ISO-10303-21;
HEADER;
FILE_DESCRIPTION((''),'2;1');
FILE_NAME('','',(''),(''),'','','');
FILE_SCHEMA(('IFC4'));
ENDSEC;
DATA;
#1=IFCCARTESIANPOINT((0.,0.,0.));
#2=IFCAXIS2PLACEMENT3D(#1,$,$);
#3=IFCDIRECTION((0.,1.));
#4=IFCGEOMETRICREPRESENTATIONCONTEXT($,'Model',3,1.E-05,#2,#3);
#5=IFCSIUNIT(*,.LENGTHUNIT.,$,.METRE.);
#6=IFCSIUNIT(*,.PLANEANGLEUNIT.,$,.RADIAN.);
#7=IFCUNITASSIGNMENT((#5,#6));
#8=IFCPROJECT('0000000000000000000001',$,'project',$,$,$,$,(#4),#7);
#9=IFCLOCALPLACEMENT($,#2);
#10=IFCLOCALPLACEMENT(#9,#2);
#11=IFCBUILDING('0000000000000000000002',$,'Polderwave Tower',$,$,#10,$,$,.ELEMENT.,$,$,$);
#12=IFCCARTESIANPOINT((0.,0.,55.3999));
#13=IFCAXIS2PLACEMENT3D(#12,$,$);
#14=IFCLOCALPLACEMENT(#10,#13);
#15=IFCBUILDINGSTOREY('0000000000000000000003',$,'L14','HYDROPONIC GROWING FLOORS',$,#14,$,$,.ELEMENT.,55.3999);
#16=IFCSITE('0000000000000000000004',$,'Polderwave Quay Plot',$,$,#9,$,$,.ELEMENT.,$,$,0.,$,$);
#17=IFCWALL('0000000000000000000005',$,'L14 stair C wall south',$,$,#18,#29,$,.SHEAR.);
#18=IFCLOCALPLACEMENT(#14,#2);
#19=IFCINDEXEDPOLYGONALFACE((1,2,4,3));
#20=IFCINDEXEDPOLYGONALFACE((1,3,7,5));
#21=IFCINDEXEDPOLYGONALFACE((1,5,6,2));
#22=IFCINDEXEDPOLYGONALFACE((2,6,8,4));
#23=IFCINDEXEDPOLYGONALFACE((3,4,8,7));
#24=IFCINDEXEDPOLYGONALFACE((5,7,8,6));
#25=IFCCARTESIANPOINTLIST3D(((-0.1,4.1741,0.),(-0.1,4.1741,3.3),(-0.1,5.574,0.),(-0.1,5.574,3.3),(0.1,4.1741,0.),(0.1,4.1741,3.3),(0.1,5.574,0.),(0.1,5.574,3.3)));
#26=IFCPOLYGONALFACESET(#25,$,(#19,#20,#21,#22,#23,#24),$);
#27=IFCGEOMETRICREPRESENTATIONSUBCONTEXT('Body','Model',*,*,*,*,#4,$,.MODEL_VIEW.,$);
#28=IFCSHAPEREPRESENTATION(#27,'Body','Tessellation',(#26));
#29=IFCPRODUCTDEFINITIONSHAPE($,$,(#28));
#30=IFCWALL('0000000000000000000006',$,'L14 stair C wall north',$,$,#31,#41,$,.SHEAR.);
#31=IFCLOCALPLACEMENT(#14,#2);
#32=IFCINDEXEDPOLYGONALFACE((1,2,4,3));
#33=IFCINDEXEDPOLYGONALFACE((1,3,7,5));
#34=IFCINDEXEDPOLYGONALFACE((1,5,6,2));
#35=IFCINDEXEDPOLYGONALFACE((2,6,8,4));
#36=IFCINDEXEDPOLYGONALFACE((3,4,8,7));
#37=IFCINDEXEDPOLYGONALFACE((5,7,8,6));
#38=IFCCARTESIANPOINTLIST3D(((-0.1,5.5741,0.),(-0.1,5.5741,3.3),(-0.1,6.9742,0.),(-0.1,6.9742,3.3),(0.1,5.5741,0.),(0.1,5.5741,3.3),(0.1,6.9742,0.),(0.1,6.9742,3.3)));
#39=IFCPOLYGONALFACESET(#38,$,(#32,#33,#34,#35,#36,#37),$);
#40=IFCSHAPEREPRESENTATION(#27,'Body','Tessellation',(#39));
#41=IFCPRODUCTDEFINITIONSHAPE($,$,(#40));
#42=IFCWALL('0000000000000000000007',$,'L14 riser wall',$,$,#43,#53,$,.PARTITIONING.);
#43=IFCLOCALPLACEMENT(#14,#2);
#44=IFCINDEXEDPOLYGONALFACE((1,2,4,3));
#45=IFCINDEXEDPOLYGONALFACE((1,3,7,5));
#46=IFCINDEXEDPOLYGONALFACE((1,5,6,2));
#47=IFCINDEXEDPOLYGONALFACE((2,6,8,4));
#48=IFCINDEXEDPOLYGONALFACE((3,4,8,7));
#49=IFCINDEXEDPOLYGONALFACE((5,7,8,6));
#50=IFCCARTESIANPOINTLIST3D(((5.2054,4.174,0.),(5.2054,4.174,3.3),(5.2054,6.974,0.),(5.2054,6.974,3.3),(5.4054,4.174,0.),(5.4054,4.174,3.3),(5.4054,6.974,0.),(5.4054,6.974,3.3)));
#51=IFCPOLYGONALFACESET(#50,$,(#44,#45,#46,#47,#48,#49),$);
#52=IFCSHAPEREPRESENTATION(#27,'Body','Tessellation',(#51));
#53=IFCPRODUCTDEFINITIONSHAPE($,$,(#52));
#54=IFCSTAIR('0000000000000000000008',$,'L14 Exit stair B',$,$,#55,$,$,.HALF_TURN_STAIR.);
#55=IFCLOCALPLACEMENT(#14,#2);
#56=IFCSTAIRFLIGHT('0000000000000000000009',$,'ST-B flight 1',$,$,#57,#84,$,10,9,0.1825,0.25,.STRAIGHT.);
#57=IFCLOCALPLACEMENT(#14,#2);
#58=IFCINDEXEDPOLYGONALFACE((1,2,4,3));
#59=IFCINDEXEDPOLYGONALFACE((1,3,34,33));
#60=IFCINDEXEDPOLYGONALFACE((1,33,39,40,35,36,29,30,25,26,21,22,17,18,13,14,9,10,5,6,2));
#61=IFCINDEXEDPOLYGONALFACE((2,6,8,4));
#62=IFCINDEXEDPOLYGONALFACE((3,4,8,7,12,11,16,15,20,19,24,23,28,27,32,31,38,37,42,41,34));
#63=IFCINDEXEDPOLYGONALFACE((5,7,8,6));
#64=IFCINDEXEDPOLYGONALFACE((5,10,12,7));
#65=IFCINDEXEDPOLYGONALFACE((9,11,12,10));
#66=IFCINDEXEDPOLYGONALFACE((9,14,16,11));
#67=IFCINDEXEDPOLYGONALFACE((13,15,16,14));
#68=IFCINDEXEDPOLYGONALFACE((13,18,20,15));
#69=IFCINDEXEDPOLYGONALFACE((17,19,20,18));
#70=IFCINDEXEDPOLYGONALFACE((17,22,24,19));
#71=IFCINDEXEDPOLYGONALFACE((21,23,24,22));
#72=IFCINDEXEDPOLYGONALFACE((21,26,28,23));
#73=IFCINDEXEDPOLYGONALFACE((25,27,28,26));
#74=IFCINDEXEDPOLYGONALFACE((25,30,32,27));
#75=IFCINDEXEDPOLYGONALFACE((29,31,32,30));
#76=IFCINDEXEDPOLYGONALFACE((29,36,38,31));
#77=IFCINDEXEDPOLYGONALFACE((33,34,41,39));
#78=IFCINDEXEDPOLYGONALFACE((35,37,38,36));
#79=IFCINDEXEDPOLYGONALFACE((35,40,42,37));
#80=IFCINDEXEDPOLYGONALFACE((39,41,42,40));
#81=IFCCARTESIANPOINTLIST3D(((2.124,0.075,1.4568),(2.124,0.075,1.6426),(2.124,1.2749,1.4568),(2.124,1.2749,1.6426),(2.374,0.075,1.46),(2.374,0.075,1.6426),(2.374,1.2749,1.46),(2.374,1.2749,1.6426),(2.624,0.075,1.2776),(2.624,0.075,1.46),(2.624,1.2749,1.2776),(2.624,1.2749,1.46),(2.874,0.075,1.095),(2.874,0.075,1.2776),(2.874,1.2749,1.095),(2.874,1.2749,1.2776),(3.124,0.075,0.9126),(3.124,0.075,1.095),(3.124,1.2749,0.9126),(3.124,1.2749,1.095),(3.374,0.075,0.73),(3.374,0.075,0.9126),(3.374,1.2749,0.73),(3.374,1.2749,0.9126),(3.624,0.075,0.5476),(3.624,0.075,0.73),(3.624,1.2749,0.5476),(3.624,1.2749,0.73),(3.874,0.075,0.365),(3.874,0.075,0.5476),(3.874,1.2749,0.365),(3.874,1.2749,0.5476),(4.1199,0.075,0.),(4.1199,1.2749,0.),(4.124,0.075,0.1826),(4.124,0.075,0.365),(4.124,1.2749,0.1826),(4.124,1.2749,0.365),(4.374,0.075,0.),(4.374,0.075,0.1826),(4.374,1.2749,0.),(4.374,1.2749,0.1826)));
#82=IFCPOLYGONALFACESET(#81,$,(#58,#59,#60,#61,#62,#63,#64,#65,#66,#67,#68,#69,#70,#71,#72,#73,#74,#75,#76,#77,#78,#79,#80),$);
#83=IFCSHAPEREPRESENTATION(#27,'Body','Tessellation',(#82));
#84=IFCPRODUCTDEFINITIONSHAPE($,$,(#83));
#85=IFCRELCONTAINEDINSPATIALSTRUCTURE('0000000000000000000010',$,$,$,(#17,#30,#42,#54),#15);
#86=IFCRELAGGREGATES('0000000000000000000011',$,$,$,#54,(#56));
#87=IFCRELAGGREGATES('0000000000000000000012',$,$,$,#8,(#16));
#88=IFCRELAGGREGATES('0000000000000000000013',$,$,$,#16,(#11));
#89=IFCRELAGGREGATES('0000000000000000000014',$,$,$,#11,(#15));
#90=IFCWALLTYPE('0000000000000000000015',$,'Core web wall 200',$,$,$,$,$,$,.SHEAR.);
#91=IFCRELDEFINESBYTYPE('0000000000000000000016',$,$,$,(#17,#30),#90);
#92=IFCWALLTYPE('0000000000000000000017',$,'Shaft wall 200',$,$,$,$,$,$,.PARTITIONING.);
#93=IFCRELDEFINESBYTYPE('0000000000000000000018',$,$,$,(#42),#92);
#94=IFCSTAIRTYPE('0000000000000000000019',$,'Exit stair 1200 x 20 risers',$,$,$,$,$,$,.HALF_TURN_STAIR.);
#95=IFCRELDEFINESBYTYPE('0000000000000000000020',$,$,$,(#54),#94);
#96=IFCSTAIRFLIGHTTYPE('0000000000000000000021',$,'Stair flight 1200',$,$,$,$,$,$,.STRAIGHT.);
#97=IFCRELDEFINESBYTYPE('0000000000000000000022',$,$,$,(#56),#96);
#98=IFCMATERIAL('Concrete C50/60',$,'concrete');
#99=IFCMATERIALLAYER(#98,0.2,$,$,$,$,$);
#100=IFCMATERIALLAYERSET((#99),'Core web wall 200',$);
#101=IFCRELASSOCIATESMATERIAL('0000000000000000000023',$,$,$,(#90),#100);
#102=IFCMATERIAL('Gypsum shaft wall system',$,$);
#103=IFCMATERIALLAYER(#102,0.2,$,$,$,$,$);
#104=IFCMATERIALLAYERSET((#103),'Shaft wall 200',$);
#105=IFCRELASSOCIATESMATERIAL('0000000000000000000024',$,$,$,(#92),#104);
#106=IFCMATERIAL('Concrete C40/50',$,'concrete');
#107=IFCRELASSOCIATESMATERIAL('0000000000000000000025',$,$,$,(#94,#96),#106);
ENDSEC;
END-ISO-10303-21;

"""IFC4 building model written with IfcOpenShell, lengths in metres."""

from ifc_helpers import new_model, si_unit, direction, frame, frame_2d, origin, place, context, subcontext, project, spatial, polyline, rectangle, outline, extrude, material, layer, layer_set, type_object, element, aggregate, save


model = new_model("IFC4")

# Units and contexts
model_context = context("Model", 3, precision=1e-05, world=origin(), true_north=direction((0.0, 1.0)))
body_context = subcontext(model_context, "Body", "Model", "MODEL_VIEW")
ifc_project = project(units=[si_unit("LENGTHUNIT", "METRE"), si_unit("PLANEANGLEUNIT", "RADIAN")], contexts=[model_context])

# Site, building, storey
site_placement = place(None, origin())
site = spatial("IfcSite", under=ifc_project, at=site_placement, Name="Polderwave Quay Plot", CompositionType="ELEMENT", RefElevation=0.0)
building_placement = place(site_placement, origin())
building = spatial("IfcBuilding", under=site, at=building_placement, Name="Polderwave Tower", CompositionType="ELEMENT")
storey_placement = place(building_placement, frame((0.0, 0.0, 55.3999)))
storey = spatial("IfcBuildingStorey", under=building, at=storey_placement, Name="L14", Description="HYDROPONIC GROWING FLOORS", CompositionType="ELEMENT", Elevation=55.3999)

# Shared definitions
ifc_material_1 = material(Name="Concrete C50/60", Category="concrete")
ifc_layer_1 = layer(ifc_material_1, 0.2)
ifc_layer_set_1 = layer_set([ifc_layer_1], Name="Core web wall 200")
wall_type_1 = type_object("IfcWallType", Name="Core web wall 200", PredefinedType="SHEAR", material=ifc_layer_set_1)

# Walls
wall_1_placement = place(storey_placement, frame((0.0, 4.1741, 0.0), z_axis=(0.0, 0.0, 1.0), x_axis=(0.0, 1.0, 0.0)))
element("IfcWall", 1, at=wall_1_placement, inside=storey, type_object=wall_type_1, Name="L14 stair C wall south", PredefinedType="SHEAR", context=body_context, shape_type="SweptSolid", body=[
    extrude(rectangle(XDim=1.3999, YDim=0.2, at=frame_2d((0.7, 0.0))), origin(), (0.0, 0.0, 1.0), 3.3),
])
wall_2_placement = place(storey_placement, frame((0.0, 5.574, 0.0), z_axis=(0.0, 0.0, 1.0), x_axis=(0.0, 1.0, 0.0)))
element("IfcWall", 2, at=wall_2_placement, inside=storey, type_object=wall_type_1, Name="L14 stair C wall north", PredefinedType="SHEAR", context=body_context, shape_type="SweptSolid", body=[
    extrude(rectangle(XDim=1.4001, YDim=0.2, at=frame_2d((0.7002, 0.0))), origin(), (0.0, 0.0, 1.0), 3.3),
])
ifc_material_2 = material(Name="Gypsum shaft wall system")
ifc_layer_2 = layer(ifc_material_2, 0.2)
ifc_layer_set_2 = layer_set([ifc_layer_2], Name="Shaft wall 200")
wall_type_2 = type_object("IfcWallType", Name="Shaft wall 200", PredefinedType="PARTITIONING", material=ifc_layer_set_2)
wall_3_placement = place(storey_placement, frame((5.3054, 4.1741, 0.0), z_axis=(0.0, 0.0, 1.0), x_axis=(0.0, 1.0, 0.0)))
element("IfcWall", 3, at=wall_3_placement, inside=storey, type_object=wall_type_2, Name="L14 riser wall", PredefinedType="PARTITIONING", context=body_context, shape_type="SweptSolid", body=[
    extrude(rectangle(XDim=2.8, YDim=0.2, at=frame_2d((1.3999, 0.0))), origin(), (0.0, 0.0, 1.0), 3.3),
])

# Stair, stair flight
ifc_material_3 = material(Name="Concrete C40/50", Category="concrete")
stair_type = type_object("IfcStairType", Name="Exit stair 1200 x 20 risers", PredefinedType="HALF_TURN_STAIR", material=ifc_material_3)
stair_placement = place(storey_placement, origin())
stair = element("IfcStair", 4, at=stair_placement, inside=storey, type_object=stair_type, Name="L14 Exit stair B", PredefinedType="HALF_TURN_STAIR")
stair_flight_type = type_object("IfcStairFlightType", Name="Stair flight 1200", PredefinedType="STRAIGHT", material=ifc_material_3)
stair_flight_placement = place(storey_placement, frame((4.374, 0.675, 0.0), z_axis=(0.0, 0.0, 1.0), x_axis=(-1.0, 0.0, 0.0)))
stair_flight = element("IfcStairFlight", 5, at=stair_flight_placement, type_object=stair_flight_type, Name="ST-B flight 1", NumberOfRisers=10, NumberOfTreads=9, PredefinedType="STRAIGHT", RiserHeight=0.1825, TreadLength=0.25, context=body_context, shape_type="SweptSolid", body=[
    extrude(outline(polyline([(0.0, 0.0), (0.0, 0.1826), (0.25, 0.1826), (0.25, 0.365), (0.5, 0.365), (0.5, 0.5476), (0.75, 0.5476), (0.75, 0.73), (1.0, 0.73), (1.0, 0.9126), (1.25, 0.9126), (1.25, 1.095), (1.5, 1.095), (1.5, 1.2776), (1.75, 1.2776), (1.75, 1.46), (2.0, 1.46), (2.0, 1.6426), (2.25, 1.6426), (2.25, 1.825), (2.25, 1.4568), (0.2542, 0.0), (0.0, 0.0)])), frame((0.0, 0.6001, 0.0), z_axis=(0.0, -1.0, 0.0), x_axis=(1.0, 0.0, 0.0)), (0.0, 0.0, 1.0), 1.2),
])
aggregate(stair, [stair_flight])

save(model, "model.ifc")
